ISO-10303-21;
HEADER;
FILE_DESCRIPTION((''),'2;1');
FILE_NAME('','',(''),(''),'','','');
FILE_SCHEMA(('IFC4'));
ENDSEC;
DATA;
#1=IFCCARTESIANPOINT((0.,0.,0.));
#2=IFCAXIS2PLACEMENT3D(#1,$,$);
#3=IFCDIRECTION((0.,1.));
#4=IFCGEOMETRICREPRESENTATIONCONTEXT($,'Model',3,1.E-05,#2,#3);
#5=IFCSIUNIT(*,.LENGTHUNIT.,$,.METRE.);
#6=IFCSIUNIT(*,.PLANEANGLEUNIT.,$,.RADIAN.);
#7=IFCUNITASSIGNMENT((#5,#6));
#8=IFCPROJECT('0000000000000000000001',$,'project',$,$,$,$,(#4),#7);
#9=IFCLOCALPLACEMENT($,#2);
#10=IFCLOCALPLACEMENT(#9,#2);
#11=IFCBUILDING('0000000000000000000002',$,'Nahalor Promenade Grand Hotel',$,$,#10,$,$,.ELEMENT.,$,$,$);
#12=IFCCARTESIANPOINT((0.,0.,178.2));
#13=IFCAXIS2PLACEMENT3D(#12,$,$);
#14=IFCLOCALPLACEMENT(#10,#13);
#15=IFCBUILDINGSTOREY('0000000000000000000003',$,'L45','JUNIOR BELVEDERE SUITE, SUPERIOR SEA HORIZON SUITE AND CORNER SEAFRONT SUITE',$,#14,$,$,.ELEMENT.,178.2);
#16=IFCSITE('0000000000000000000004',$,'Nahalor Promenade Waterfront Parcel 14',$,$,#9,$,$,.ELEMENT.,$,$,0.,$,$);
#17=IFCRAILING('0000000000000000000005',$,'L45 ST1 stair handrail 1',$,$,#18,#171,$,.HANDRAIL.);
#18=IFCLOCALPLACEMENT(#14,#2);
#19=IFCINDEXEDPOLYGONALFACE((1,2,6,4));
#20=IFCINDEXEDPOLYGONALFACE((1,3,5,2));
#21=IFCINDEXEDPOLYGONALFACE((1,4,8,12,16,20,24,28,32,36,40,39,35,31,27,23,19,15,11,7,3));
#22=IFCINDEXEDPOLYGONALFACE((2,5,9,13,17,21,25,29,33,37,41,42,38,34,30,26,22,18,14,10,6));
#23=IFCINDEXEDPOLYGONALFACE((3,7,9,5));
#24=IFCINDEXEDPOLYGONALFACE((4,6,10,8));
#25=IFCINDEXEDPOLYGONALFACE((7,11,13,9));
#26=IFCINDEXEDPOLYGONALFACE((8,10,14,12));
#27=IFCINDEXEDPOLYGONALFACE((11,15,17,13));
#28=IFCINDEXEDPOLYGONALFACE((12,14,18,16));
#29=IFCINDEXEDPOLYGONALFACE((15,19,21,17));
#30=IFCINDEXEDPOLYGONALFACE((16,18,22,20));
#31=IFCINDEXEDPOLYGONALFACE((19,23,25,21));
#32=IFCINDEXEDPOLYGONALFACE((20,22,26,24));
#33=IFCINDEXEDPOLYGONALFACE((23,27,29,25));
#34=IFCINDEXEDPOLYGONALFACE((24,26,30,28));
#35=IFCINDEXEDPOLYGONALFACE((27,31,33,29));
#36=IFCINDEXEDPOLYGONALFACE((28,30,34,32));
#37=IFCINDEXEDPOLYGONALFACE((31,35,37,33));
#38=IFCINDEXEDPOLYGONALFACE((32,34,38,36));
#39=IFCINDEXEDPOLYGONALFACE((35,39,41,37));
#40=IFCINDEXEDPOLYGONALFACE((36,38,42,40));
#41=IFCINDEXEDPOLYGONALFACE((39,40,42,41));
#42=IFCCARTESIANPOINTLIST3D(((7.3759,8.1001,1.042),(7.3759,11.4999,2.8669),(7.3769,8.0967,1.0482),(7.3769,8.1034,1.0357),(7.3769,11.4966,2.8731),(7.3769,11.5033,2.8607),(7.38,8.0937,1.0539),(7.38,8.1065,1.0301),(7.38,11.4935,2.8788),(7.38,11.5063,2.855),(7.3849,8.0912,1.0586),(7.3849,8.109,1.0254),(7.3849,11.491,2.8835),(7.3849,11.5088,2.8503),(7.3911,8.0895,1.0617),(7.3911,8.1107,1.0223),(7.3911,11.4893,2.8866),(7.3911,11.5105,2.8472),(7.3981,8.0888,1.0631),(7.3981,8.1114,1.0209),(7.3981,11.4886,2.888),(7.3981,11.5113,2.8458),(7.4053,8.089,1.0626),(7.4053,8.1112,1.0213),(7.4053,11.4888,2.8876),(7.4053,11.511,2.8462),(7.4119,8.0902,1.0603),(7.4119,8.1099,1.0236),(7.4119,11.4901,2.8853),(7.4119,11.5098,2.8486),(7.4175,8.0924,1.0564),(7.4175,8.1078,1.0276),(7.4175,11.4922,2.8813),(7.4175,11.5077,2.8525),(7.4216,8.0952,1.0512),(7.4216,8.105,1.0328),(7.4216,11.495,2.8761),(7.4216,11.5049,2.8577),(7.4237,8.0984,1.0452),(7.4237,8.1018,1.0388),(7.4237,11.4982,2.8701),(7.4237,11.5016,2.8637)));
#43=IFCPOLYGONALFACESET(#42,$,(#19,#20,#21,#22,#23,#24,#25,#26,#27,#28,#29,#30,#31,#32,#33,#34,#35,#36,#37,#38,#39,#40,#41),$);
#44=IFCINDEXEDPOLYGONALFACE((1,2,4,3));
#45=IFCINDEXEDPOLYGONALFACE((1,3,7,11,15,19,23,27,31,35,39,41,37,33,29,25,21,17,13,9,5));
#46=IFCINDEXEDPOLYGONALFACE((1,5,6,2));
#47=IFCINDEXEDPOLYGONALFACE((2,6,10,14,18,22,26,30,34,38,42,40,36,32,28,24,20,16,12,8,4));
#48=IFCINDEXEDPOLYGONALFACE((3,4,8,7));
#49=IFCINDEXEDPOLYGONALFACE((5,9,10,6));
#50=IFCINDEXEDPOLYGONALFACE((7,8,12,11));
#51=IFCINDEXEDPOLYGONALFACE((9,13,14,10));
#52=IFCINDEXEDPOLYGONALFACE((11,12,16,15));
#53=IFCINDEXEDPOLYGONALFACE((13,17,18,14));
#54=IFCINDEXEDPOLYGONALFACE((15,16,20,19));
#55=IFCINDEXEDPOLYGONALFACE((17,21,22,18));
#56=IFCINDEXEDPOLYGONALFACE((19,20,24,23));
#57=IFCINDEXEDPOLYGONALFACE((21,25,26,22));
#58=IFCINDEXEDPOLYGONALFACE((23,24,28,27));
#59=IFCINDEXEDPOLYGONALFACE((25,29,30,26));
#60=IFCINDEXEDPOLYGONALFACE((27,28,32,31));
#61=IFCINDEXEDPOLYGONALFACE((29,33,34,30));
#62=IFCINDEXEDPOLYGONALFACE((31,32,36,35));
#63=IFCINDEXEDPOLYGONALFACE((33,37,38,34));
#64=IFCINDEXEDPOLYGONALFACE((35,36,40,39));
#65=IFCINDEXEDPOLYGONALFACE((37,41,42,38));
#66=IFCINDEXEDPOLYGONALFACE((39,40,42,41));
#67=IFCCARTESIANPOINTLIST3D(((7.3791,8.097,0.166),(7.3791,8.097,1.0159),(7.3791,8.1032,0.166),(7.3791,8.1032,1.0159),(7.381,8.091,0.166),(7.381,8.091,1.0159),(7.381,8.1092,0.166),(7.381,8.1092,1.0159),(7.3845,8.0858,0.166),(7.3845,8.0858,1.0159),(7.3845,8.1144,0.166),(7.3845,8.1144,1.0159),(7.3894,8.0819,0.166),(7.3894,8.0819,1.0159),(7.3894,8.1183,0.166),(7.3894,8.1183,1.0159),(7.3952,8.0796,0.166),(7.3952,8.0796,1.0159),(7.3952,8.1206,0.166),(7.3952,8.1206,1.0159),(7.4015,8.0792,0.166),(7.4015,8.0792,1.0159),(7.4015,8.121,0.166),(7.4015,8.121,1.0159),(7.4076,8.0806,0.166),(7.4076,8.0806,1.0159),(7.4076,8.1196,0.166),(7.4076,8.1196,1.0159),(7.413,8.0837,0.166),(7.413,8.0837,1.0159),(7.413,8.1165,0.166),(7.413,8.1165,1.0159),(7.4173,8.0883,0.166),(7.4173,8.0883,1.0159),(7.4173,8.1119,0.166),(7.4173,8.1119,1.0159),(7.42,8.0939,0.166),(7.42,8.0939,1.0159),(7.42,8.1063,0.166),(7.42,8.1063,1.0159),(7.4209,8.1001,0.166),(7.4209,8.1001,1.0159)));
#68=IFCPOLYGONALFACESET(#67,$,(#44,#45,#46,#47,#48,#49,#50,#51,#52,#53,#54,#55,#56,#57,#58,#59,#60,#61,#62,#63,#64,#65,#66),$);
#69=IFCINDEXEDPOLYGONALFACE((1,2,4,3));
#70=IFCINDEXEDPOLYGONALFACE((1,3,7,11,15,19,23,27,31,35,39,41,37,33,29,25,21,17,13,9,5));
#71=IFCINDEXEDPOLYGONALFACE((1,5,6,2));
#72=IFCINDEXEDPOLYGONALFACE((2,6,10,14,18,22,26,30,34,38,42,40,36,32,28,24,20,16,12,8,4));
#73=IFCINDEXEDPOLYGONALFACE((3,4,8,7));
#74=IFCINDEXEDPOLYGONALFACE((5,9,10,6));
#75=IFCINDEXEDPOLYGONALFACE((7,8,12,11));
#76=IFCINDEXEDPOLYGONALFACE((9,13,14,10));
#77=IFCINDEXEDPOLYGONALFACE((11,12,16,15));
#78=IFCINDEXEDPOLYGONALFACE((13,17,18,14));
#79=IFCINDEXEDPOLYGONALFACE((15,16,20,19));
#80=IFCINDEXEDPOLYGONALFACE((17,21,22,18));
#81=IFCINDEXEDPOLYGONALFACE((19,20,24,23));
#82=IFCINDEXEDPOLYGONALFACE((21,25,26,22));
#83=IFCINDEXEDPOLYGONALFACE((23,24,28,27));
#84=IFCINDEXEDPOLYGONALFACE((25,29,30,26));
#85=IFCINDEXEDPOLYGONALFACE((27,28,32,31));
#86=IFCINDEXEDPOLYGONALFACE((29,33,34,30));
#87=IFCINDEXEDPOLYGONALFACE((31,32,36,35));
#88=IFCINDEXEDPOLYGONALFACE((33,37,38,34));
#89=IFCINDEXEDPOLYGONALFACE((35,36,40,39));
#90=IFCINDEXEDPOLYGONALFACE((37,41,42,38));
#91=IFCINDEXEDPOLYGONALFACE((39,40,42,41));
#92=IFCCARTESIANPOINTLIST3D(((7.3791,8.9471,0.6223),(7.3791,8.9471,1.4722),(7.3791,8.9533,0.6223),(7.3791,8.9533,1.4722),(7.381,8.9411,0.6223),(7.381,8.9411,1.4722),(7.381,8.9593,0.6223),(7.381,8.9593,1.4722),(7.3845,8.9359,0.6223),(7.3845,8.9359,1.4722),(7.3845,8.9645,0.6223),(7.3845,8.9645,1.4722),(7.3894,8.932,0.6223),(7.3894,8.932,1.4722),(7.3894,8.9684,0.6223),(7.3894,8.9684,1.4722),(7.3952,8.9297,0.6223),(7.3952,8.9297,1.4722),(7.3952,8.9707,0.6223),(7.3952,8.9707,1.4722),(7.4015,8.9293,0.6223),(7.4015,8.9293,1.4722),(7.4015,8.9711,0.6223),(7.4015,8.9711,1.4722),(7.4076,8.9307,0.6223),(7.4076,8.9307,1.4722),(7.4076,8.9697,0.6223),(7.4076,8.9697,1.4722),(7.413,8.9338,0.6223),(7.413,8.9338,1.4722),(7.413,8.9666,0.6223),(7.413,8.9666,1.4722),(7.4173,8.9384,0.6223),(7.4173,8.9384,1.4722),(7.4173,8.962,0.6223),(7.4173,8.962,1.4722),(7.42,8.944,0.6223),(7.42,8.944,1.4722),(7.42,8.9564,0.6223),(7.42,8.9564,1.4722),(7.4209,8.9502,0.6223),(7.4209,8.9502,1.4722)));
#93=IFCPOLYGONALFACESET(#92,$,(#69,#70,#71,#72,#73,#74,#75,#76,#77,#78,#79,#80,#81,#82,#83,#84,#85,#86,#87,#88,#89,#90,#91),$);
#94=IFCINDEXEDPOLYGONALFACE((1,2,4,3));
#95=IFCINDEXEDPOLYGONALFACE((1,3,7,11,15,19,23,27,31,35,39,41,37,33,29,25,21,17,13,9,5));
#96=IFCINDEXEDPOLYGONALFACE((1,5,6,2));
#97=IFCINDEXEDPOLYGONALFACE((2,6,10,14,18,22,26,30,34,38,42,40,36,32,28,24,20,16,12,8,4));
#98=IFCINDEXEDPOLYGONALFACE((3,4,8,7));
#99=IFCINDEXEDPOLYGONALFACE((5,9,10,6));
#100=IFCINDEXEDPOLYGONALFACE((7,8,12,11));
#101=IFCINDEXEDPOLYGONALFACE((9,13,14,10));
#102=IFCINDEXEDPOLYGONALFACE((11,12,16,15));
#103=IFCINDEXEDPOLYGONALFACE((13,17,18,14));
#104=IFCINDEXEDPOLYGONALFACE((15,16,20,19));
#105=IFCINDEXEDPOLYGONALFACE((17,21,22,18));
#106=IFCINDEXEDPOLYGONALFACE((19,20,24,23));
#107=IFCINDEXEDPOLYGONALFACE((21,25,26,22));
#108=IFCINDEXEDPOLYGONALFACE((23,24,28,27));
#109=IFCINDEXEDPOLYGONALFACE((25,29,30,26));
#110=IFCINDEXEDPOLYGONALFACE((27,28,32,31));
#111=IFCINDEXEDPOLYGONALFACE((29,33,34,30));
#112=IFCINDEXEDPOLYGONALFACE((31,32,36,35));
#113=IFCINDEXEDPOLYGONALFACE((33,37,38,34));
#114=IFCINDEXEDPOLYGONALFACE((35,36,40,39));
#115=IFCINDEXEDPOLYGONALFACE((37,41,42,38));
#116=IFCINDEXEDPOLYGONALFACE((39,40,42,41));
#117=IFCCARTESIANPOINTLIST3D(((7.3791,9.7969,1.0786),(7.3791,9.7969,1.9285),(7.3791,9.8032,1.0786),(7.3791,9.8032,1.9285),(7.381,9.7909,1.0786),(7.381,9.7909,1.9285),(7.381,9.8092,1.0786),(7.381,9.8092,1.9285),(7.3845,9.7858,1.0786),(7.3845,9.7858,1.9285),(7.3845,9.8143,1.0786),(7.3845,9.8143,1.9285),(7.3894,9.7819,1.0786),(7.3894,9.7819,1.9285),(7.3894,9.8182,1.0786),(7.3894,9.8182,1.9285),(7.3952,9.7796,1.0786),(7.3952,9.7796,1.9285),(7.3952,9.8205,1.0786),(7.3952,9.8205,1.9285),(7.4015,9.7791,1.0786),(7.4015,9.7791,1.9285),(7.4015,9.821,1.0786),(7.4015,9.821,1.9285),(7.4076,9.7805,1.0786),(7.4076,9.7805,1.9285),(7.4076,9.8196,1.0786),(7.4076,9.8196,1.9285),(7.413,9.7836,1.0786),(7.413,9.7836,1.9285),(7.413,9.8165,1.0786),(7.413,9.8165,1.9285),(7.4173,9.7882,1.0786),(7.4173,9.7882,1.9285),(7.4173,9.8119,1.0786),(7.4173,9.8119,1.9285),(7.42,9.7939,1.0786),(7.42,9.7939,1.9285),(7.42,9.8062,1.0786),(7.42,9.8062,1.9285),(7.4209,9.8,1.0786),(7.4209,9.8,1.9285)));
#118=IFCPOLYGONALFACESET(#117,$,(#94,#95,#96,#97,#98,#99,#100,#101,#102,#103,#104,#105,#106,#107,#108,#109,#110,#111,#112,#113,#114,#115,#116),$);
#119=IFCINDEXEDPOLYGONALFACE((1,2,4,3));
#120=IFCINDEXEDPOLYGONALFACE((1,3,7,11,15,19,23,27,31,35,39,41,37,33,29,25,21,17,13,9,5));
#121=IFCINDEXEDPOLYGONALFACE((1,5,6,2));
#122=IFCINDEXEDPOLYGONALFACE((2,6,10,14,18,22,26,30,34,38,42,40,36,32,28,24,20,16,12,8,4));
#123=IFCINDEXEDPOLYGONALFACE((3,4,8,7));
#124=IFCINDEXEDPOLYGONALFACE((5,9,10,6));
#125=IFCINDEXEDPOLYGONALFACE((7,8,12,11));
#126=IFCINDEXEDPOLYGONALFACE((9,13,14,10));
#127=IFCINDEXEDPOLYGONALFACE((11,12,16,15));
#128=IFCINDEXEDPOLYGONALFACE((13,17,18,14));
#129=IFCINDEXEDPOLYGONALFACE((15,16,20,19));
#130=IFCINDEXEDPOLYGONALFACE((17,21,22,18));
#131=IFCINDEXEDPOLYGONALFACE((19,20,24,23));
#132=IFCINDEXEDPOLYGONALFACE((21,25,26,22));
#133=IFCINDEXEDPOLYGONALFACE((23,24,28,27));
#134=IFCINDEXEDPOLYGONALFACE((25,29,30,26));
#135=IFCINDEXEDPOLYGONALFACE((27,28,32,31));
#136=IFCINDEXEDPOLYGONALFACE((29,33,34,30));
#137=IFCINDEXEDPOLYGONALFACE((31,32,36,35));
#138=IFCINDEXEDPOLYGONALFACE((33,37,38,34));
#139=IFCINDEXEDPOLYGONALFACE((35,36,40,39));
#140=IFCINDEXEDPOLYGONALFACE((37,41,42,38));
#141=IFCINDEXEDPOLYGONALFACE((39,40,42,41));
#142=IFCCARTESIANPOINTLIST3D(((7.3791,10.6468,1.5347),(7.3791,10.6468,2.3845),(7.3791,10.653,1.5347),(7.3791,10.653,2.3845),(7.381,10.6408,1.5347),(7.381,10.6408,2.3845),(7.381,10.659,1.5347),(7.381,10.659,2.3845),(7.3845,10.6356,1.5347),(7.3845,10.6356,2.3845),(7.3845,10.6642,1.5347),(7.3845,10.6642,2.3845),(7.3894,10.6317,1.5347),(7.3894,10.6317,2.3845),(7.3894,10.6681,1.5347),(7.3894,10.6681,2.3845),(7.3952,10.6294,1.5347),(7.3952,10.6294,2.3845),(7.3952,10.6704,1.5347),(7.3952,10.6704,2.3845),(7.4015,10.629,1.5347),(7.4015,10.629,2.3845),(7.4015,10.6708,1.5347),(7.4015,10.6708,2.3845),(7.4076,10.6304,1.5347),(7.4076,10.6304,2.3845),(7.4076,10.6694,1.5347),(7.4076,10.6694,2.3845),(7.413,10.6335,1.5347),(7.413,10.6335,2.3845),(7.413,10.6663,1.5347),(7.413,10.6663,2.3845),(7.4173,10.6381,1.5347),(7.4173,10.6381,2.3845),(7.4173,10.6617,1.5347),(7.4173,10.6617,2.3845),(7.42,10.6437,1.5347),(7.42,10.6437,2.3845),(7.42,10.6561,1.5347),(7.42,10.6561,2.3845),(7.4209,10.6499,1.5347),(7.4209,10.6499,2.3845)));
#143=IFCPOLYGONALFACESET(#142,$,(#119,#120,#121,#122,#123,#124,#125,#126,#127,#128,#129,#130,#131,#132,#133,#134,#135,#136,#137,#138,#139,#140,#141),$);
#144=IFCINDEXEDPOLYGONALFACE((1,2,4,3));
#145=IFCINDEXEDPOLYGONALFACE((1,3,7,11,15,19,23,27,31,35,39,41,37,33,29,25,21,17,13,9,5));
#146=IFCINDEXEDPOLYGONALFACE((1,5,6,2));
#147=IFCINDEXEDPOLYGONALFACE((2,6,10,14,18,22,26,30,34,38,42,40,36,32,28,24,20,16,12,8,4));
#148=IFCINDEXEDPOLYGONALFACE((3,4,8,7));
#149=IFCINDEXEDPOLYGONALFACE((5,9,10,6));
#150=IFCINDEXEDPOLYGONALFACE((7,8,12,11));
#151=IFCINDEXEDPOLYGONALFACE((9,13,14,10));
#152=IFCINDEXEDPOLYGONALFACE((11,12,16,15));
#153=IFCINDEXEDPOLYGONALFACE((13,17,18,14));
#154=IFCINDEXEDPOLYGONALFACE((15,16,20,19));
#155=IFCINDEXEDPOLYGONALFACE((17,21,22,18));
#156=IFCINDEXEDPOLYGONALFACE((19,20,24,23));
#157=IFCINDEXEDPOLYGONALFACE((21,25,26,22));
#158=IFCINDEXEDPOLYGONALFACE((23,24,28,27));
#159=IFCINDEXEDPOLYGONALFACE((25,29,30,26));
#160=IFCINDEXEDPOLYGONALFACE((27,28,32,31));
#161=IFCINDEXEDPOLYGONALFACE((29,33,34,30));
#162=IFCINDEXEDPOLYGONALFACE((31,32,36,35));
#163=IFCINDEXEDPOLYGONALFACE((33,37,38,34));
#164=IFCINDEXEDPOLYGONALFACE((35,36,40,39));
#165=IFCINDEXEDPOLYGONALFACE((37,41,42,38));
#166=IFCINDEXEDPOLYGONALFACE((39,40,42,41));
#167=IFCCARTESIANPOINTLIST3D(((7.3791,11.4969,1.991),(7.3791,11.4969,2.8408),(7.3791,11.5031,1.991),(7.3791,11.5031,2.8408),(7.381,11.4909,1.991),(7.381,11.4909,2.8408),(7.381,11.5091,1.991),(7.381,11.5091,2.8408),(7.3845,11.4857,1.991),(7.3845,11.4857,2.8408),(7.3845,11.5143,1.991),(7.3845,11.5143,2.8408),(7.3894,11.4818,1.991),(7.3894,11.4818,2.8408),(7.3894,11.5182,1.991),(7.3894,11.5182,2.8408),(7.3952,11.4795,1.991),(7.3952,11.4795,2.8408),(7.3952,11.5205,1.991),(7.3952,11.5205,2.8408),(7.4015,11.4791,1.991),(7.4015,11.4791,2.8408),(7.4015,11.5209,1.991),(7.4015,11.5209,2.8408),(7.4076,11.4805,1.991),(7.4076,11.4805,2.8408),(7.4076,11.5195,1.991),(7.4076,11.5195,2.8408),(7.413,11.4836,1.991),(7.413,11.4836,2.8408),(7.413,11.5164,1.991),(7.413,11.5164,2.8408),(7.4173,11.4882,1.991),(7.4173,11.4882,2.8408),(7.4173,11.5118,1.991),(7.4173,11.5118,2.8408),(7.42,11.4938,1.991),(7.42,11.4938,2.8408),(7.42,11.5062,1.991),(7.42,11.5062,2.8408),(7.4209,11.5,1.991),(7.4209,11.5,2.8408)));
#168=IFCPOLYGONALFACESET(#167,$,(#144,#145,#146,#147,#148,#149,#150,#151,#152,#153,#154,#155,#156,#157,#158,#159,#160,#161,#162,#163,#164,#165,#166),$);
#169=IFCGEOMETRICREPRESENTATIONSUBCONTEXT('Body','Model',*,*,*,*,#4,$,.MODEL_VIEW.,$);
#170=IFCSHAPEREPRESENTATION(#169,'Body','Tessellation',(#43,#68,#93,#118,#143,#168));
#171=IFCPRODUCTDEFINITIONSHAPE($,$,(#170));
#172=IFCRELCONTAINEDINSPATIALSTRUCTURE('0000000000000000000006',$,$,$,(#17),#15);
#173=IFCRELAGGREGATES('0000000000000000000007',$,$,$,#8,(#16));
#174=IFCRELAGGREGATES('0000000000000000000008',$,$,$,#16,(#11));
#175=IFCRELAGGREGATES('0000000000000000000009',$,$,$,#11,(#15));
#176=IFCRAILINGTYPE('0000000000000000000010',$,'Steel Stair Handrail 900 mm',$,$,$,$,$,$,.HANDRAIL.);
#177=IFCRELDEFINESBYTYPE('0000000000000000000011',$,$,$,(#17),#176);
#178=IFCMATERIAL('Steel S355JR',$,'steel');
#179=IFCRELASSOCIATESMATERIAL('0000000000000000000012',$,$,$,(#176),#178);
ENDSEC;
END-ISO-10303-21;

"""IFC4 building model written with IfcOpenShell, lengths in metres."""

from ifc_helpers import new_model, si_unit, direction, frame, origin, origin_2d, place, context, subcontext, project, spatial, circle, extrude, material, type_object, element, save


model = new_model("IFC4")

# Units and contexts
model_context = context("Model", 3, precision=1e-05, world=origin(), true_north=direction((0.0, 1.0)))
body_context = subcontext(model_context, "Body", "Model", "MODEL_VIEW")
ifc_project = project(units=[si_unit("LENGTHUNIT", "METRE"), si_unit("PLANEANGLEUNIT", "RADIAN")], contexts=[model_context])

# Site, building, storey
site_placement = place(None, origin())
site = spatial("IfcSite", under=ifc_project, at=site_placement, Name="Nahalor Promenade Waterfront Parcel 14", CompositionType="ELEMENT", RefElevation=0.0)
building_placement = place(site_placement, origin())
building = spatial("IfcBuilding", under=site, at=building_placement, Name="Nahalor Promenade Grand Hotel", CompositionType="ELEMENT")
storey_placement = place(building_placement, frame((0.0, 0.0, 178.2)))
storey = spatial("IfcBuildingStorey", under=building, at=storey_placement, Name="L45", Description="JUNIOR BELVEDERE SUITE, SUPERIOR SEA HORIZON SUITE AND CORNER SEAFRONT SUITE", CompositionType="ELEMENT", Elevation=178.2)

# Shared definitions
ifc_material_1 = material(Name="Steel S355JR", Category="steel")

# Railing
railing_type_1 = type_object("IfcRailingType", Name="Steel Stair Handrail 900 mm", PredefinedType="HANDRAIL", material=ifc_material_1)
railing_1_placement = place(storey_placement, frame((7.3999, 8.1001, 0.166)))
element("IfcRailing", 1, at=railing_1_placement, inside=storey, type_object=railing_type_1, Name="L45 ST1 stair handrail 1", PredefinedType="HANDRAIL", context=body_context, shape_type="SweptSolid", body=[
    extrude(circle(Radius=0.024, at=origin_2d()), frame((0.0, 0.0, 0.876), z_axis=(0.0, 0.881094, 0.472941), x_axis=(-1.0, 0.0, 0.0)), (0.0, 0.0, 1.0), 3.8586),
    extrude(circle(Radius=0.021, at=origin_2d()), origin(), (0.0, 0.0, 1.0), 0.8499),
    extrude(circle(Radius=0.021, at=origin_2d()), frame((0.0, 0.8501, 0.4563)), (0.0, 0.0, 1.0), 0.8499),
    extrude(circle(Radius=0.021, at=origin_2d()), frame((0.0, 1.7, 0.9126)), (0.0, 0.0, 1.0), 0.8499),
    extrude(circle(Radius=0.021, at=origin_2d()), frame((0.0, 2.5498, 1.3687)), (0.0, 0.0, 1.0), 0.8499),
    extrude(circle(Radius=0.021, at=origin_2d()), frame((0.0, 3.3999, 1.825)), (0.0, 0.0, 1.0), 0.8499),
])

save(model, "model.ifc")
